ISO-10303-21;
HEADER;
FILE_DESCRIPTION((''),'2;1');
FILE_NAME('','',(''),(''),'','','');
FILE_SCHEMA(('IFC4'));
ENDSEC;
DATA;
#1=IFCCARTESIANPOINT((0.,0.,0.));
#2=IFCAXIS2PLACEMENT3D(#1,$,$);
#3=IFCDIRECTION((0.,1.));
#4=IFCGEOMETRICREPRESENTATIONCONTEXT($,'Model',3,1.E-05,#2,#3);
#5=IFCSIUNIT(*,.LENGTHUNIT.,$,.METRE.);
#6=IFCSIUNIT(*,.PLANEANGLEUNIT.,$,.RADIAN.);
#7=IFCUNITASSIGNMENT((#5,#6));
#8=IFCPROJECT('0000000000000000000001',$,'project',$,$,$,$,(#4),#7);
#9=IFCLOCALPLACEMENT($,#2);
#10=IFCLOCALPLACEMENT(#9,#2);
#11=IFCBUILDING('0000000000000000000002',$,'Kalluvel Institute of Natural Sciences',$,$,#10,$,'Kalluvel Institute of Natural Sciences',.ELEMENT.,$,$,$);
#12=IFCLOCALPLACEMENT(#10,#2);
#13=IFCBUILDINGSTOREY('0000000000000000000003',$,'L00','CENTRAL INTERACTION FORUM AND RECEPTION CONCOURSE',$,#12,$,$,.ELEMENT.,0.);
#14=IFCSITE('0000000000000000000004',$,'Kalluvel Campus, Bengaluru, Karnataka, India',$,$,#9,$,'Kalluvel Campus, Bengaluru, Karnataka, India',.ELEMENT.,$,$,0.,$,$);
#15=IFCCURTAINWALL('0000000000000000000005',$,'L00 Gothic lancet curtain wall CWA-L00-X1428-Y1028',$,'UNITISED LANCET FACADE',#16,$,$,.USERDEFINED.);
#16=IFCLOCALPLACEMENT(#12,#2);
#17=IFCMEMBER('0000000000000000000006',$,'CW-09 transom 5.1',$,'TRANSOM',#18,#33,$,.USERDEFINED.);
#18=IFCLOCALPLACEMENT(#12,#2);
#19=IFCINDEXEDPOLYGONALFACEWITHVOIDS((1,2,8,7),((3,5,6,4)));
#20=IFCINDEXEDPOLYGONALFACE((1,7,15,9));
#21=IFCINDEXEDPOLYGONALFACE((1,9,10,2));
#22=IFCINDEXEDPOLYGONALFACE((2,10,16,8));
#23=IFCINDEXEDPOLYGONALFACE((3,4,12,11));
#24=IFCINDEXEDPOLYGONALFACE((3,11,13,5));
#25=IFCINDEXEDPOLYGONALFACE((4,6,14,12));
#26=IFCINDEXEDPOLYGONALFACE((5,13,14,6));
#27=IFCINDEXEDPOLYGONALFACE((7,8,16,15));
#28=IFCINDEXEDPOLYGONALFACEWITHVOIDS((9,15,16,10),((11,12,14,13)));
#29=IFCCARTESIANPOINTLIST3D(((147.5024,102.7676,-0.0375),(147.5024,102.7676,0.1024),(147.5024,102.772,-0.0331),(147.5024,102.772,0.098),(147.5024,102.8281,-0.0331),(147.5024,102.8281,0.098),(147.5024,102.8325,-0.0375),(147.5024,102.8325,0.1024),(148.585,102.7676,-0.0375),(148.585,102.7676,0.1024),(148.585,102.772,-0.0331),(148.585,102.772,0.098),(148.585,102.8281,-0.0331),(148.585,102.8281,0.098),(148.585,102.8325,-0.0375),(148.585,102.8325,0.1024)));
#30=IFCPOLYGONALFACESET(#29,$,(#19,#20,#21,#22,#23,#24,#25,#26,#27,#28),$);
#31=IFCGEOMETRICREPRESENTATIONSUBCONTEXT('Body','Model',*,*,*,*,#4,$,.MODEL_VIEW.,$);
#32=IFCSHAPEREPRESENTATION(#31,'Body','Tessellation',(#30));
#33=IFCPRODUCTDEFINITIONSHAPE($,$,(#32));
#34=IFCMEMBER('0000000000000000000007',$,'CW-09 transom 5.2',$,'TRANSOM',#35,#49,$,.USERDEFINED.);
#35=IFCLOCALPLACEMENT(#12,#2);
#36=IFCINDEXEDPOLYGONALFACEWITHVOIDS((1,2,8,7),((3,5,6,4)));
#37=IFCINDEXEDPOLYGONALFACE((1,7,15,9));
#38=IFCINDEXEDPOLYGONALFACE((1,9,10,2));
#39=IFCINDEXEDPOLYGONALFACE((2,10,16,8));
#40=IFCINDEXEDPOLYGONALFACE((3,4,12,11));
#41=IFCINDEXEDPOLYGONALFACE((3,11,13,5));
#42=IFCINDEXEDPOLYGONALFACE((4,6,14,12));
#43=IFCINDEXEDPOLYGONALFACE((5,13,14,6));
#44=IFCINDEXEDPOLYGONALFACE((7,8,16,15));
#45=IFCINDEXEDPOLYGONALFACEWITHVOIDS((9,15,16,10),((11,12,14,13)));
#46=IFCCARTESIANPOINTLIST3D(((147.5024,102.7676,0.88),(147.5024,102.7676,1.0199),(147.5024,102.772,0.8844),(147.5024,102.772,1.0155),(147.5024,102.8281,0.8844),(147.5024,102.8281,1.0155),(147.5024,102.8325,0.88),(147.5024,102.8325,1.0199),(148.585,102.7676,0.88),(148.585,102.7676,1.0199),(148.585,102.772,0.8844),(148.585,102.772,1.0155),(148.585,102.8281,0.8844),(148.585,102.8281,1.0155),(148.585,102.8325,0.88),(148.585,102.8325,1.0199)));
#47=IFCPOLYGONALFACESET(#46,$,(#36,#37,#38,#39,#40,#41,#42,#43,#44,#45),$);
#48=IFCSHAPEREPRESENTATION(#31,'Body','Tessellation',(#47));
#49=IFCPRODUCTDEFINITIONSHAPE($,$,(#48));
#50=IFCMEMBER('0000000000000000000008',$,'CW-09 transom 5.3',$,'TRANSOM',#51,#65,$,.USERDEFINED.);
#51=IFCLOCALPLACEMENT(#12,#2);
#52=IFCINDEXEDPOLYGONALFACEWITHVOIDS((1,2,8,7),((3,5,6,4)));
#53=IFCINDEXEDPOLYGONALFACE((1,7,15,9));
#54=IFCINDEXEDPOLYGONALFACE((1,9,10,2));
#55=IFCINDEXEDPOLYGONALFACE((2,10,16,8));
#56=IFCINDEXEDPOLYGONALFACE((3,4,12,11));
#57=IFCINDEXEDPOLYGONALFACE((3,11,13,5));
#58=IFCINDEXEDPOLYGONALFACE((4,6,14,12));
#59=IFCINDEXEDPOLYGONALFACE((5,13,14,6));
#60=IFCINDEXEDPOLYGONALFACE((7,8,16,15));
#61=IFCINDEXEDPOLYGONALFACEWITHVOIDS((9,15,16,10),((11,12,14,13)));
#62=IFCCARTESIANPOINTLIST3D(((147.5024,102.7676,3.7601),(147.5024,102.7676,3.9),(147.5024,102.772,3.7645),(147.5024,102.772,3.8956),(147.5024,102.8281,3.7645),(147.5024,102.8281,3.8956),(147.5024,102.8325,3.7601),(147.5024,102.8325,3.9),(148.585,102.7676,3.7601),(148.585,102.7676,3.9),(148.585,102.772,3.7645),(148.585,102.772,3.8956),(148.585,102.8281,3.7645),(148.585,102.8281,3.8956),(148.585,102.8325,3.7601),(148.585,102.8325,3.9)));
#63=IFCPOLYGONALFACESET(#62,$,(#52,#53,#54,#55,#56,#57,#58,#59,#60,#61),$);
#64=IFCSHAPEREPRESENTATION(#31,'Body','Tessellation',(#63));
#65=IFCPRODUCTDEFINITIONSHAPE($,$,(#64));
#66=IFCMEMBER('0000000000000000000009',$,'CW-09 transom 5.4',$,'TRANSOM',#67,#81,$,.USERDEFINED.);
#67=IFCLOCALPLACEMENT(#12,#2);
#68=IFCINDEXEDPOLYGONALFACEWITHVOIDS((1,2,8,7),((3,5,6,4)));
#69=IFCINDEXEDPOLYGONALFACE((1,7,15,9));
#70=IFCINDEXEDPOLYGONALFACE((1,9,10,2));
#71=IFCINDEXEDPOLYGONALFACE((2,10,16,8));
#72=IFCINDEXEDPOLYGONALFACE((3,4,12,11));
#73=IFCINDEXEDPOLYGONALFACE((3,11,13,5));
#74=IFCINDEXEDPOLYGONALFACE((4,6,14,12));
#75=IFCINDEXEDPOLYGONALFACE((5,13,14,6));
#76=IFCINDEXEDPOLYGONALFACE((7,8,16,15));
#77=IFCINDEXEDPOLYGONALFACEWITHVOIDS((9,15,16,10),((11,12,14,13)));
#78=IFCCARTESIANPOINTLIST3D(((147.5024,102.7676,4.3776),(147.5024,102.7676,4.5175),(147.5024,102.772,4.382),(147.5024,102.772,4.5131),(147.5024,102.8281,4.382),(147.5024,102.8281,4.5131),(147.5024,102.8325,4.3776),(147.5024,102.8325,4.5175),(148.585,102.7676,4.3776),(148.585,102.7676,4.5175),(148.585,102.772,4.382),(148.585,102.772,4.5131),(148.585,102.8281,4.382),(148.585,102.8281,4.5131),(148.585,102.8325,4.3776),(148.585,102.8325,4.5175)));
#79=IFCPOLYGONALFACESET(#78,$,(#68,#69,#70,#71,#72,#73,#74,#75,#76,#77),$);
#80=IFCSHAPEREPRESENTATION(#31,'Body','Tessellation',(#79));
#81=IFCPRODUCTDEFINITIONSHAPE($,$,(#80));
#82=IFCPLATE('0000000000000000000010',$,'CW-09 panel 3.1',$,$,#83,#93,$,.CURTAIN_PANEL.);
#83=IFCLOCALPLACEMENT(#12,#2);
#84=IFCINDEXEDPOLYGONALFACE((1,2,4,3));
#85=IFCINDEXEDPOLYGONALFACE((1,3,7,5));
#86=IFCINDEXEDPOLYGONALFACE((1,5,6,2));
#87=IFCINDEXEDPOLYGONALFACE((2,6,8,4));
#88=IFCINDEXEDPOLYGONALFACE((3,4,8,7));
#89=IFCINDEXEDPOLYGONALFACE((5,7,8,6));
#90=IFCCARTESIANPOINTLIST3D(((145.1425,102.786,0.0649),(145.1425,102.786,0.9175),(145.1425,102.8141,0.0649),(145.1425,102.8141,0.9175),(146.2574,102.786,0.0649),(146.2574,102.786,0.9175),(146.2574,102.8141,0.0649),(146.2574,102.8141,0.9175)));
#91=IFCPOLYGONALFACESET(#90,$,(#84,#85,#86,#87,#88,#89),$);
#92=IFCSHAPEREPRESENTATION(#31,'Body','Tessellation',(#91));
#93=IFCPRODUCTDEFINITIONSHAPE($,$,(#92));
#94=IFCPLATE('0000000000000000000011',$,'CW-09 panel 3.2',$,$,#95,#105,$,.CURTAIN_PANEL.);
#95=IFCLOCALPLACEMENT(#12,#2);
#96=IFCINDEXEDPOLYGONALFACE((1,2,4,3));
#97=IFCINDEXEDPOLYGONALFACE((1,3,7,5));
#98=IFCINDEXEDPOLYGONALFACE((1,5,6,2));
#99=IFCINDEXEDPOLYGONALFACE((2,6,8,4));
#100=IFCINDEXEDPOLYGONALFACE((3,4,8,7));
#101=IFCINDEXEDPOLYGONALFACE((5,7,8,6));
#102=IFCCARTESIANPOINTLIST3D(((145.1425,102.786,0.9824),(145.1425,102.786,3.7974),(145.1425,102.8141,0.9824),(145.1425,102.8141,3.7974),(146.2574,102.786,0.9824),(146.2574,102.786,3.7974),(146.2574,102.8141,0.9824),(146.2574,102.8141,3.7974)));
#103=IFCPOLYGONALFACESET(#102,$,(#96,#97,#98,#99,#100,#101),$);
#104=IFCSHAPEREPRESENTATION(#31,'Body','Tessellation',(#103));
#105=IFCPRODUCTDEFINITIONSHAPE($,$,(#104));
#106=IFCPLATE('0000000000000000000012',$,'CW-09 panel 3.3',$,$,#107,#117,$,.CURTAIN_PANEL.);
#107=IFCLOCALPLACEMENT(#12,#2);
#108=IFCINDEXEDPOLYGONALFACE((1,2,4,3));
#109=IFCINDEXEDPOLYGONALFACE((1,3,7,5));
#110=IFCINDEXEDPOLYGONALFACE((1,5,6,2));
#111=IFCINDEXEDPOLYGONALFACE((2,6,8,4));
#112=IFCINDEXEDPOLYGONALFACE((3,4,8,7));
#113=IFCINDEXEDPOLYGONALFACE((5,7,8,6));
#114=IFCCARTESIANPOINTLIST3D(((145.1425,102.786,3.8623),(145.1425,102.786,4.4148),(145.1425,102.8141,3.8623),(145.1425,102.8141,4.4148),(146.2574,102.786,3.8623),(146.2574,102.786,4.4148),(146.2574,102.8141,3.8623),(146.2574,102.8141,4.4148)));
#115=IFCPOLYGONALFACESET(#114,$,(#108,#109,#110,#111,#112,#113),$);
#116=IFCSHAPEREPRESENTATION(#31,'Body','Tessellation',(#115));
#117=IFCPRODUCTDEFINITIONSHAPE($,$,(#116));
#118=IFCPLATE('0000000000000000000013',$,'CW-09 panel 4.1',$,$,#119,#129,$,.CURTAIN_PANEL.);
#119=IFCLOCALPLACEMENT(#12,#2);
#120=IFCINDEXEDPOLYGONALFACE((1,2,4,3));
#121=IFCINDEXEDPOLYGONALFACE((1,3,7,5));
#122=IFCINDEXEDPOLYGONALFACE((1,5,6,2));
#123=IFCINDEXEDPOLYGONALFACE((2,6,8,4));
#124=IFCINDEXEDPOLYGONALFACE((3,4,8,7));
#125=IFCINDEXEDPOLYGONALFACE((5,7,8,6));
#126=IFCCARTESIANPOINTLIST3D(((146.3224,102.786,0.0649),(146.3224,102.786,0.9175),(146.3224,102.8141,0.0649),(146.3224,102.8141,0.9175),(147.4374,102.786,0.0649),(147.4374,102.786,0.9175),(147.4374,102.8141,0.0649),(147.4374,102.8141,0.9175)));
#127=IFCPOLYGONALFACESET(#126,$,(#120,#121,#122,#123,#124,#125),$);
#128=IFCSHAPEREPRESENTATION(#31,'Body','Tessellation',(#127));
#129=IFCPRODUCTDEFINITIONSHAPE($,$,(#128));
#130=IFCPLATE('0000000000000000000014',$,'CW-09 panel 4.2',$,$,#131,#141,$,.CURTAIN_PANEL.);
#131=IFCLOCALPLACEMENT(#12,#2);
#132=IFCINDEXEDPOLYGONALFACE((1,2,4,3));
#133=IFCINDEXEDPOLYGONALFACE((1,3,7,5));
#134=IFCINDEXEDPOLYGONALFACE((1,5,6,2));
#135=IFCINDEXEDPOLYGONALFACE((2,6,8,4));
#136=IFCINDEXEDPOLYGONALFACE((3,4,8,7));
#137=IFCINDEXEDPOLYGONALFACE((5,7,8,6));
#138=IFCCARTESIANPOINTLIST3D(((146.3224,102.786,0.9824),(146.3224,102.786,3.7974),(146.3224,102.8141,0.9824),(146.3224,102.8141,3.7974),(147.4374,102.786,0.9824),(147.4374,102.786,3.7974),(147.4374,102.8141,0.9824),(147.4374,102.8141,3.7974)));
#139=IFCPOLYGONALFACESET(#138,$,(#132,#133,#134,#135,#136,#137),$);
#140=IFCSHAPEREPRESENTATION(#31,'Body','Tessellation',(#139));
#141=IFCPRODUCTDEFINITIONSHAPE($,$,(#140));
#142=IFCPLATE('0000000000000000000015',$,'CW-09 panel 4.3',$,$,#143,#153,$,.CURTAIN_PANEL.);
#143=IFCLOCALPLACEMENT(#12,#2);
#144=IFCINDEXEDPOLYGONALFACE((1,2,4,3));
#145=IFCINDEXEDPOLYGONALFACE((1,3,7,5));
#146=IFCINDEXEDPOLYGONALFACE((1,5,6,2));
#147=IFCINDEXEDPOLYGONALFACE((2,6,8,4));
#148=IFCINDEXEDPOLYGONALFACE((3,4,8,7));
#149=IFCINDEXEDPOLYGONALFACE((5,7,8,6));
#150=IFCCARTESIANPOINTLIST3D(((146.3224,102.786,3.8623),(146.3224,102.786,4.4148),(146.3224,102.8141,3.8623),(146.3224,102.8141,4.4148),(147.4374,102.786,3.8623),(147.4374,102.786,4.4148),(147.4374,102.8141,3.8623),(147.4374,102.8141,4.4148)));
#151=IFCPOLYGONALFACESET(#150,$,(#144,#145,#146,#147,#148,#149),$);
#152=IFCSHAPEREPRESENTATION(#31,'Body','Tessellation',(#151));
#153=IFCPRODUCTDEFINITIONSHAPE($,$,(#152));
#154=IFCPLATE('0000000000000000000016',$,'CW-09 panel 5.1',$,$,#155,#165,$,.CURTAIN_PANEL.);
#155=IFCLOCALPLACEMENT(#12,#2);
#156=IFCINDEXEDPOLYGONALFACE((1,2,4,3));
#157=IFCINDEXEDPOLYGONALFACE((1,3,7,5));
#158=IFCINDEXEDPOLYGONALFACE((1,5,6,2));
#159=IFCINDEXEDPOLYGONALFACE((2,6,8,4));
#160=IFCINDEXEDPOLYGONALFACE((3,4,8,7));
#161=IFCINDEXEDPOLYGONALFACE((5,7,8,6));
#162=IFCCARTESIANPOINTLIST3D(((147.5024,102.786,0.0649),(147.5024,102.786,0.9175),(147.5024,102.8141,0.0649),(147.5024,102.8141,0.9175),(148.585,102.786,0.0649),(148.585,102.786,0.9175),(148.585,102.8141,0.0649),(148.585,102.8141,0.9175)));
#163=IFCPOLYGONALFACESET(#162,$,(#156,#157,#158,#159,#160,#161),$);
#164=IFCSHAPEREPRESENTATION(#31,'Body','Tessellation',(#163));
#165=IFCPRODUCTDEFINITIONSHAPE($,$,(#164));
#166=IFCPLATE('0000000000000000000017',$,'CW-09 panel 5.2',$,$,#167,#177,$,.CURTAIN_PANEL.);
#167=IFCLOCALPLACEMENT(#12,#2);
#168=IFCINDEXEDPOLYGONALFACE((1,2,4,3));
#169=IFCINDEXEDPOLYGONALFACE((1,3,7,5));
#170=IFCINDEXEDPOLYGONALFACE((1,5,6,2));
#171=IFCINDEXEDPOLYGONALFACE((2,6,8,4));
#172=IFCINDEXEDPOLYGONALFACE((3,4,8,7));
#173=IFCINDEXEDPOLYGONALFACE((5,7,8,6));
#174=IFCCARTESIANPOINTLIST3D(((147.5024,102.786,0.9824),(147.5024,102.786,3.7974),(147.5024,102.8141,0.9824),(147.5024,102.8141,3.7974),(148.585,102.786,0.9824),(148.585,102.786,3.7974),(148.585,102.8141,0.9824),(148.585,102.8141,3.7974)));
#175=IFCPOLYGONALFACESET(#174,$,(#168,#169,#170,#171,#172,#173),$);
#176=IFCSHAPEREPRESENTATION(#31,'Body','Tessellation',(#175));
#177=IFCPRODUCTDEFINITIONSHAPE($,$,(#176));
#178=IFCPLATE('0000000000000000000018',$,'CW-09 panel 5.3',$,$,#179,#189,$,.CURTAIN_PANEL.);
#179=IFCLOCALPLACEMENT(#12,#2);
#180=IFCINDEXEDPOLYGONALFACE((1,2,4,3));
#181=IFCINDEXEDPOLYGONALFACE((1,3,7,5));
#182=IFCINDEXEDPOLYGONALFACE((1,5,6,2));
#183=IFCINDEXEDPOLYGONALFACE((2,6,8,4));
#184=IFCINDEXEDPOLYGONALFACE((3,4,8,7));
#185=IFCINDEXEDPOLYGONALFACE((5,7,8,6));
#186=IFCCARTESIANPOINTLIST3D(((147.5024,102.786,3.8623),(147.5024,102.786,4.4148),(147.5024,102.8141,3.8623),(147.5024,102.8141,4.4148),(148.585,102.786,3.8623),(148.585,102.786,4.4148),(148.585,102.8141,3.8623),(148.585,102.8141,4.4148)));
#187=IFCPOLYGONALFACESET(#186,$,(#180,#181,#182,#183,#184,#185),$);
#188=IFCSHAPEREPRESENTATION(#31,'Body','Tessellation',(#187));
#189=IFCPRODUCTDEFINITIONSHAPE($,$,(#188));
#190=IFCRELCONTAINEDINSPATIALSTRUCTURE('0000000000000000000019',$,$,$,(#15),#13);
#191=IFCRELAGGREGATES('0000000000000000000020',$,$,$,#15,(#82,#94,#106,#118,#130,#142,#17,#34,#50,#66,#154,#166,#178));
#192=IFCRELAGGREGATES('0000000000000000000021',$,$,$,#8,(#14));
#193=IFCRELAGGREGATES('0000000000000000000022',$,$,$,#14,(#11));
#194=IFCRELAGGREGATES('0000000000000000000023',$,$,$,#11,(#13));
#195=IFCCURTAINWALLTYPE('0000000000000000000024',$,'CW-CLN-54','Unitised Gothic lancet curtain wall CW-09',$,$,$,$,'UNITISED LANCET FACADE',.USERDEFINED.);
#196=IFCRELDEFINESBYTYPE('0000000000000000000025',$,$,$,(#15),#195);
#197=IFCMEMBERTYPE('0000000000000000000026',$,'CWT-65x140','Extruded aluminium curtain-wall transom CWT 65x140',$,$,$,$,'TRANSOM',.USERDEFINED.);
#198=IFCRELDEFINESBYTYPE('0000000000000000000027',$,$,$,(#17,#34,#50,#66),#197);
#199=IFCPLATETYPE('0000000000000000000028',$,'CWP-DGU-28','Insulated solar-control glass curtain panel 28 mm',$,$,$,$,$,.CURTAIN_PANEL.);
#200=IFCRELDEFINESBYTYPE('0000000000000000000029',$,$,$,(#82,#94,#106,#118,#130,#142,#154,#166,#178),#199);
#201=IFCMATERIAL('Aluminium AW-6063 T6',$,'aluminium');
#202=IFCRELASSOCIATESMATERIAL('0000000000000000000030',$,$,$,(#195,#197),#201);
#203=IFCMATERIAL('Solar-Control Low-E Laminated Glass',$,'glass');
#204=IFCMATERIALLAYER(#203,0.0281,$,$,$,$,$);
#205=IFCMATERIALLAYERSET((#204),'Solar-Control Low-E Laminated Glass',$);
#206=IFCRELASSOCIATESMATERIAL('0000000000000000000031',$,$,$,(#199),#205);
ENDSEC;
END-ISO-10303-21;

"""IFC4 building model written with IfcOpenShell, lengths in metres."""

from ifc_helpers import new_model, si_unit, direction, frame, origin, origin_2d, place, context, subcontext, project, spatial, rectangle, hollow_rectangle, extrude, material, layer, layer_set, material_profile, profile_set, type_object, element, aggregate, save


model = new_model("IFC4")

# Units and contexts
model_context = context("Model", 3, precision=1e-05, world=origin(), true_north=direction((0.0, 1.0)))
body_context = subcontext(model_context, "Body", "Model", "MODEL_VIEW")
ifc_project = project(units=[si_unit("LENGTHUNIT", "METRE"), si_unit("PLANEANGLEUNIT", "RADIAN")], contexts=[model_context])

# Site, building, storey
site_placement = place(None, origin())
site = spatial("IfcSite", under=ifc_project, at=site_placement, Name="Kalluvel Campus, Bengaluru, Karnataka, India", LongName="Kalluvel Campus, Bengaluru, Karnataka, India", CompositionType="ELEMENT", RefElevation=0.0)
building_placement = place(site_placement, origin())
building = spatial("IfcBuilding", under=site, at=building_placement, Name="Kalluvel Institute of Natural Sciences", LongName="Kalluvel Institute of Natural Sciences", CompositionType="ELEMENT")
storey_placement = place(building_placement, origin())
storey = spatial("IfcBuildingStorey", under=building, at=storey_placement, Name="L00", Description="CENTRAL INTERACTION FORUM AND RECEPTION CONCOURSE", CompositionType="ELEMENT", Elevation=0.0)

# Curtain wall, members, plates
ifc_material_1 = material(Name="Aluminium AW-6063 T6", Category="aluminium")
curtain_wall_type = type_object("IfcCurtainWallType", Name="CW-CLN-54", Description="Unitised Gothic lancet curtain wall CW-09", ElementType="UNITISED LANCET FACADE", PredefinedType="USERDEFINED", material=ifc_material_1)
curtain_wall_placement = place(storey_placement, origin())
curtain_wall = element("IfcCurtainWall", 1, at=curtain_wall_placement, inside=storey, type_object=curtain_wall_type, Name="L00 Gothic lancet curtain wall CWA-L00-X1428-Y1028", ObjectType="UNITISED LANCET FACADE", PredefinedType="USERDEFINED")
ifc_material_profile_1 = material_profile(ifc_material_1, hollow_rectangle(XDim=0.0649, YDim=0.1399, WallThickness=0.0044, at=origin_2d()), Name="CWT 65x140")
ifc_profile_set_1 = profile_set([ifc_material_profile_1], Name="Aluminium AW-6063 T6")
member_type_1 = type_object("IfcMemberType", Name="CWT-65x140", Description="Extruded aluminium curtain-wall transom CWT 65x140", ElementType="TRANSOM", PredefinedType="USERDEFINED", material=ifc_profile_set_1)
member_1_placement = place(storey_placement, frame((147.5024, 102.8, 0.0325), z_axis=(1.0, 0.0, 0.0), x_axis=(0.0, 1.0, 0.0)))
member_1 = element("IfcMember", 2, at=member_1_placement, type_object=member_type_1, Name="CW-09 transom 5.1", ObjectType="TRANSOM", PredefinedType="USERDEFINED", context=body_context, shape_type="SweptSolid", body=[
    extrude(hollow_rectangle(XDim=0.0649, YDim=0.1399, WallThickness=0.0044, at=origin_2d()), origin(), (0.0, 0.0, 1.0), 1.0825),
])
member_2_placement = place(storey_placement, frame((147.5024, 102.8, 0.95), z_axis=(1.0, 0.0, 0.0), x_axis=(0.0, 1.0, 0.0)))
member_2 = element("IfcMember", 3, at=member_2_placement, type_object=member_type_1, Name="CW-09 transom 5.2", ObjectType="TRANSOM", PredefinedType="USERDEFINED", context=body_context, shape_type="SweptSolid", body=[
    extrude(hollow_rectangle(XDim=0.0649, YDim=0.1399, WallThickness=0.0044, at=origin_2d()), origin(), (0.0, 0.0, 1.0), 1.0825),
])
member_3_placement = place(storey_placement, frame((147.5024, 102.8, 3.8301), z_axis=(1.0, 0.0, 0.0), x_axis=(0.0, 1.0, 0.0)))
member_3 = element("IfcMember", 4, at=member_3_placement, type_object=member_type_1, Name="CW-09 transom 5.3", ObjectType="TRANSOM", PredefinedType="USERDEFINED", context=body_context, shape_type="SweptSolid", body=[
    extrude(hollow_rectangle(XDim=0.0649, YDim=0.1399, WallThickness=0.0044, at=origin_2d()), origin(), (0.0, 0.0, 1.0), 1.0825),
])
member_4_placement = place(storey_placement, frame((147.5024, 102.8, 4.4475), z_axis=(1.0, 0.0, 0.0), x_axis=(0.0, 1.0, 0.0)))
member_4 = element("IfcMember", 5, at=member_4_placement, type_object=member_type_1, Name="CW-09 transom 5.4", ObjectType="TRANSOM", PredefinedType="USERDEFINED", context=body_context, shape_type="SweptSolid", body=[
    extrude(hollow_rectangle(XDim=0.0649, YDim=0.1399, WallThickness=0.0044, at=origin_2d()), origin(), (0.0, 0.0, 1.0), 1.0825),
])
ifc_material_2 = material(Name="Solar-Control Low-E Laminated Glass", Category="glass")
ifc_layer = layer(ifc_material_2, 0.0281)
ifc_layer_set = layer_set([ifc_layer], Name="Solar-Control Low-E Laminated Glass")
plate_type = type_object("IfcPlateType", Name="CWP-DGU-28", Description="Insulated solar-control glass curtain panel 28 mm", PredefinedType="CURTAIN_PANEL", material=ifc_layer_set)
plate_1_placement = place(storey_placement, frame((145.7, 102.8, 0.0649), z_axis=(0.0, 0.0, 1.0), x_axis=(1.0, 0.0, 0.0)))
plate_1 = element("IfcPlate", 6, at=plate_1_placement, type_object=plate_type, Name="CW-09 panel 3.1", PredefinedType="CURTAIN_PANEL", context=body_context, shape_type="SweptSolid", body=[
    extrude(rectangle(XDim=1.115, YDim=0.0281, at=origin_2d()), origin(), (0.0, 0.0, 1.0), 0.8525),
])
plate_2_placement = place(storey_placement, frame((145.7, 102.8, 0.9824), z_axis=(0.0, 0.0, 1.0), x_axis=(1.0, 0.0, 0.0)))
plate_2 = element("IfcPlate", 7, at=plate_2_placement, type_object=plate_type, Name="CW-09 panel 3.2", PredefinedType="CURTAIN_PANEL", context=body_context, shape_type="SweptSolid", body=[
    extrude(rectangle(XDim=1.115, YDim=0.0281, at=origin_2d()), origin(), (0.0, 0.0, 1.0), 2.8149),
])
plate_3_placement = place(storey_placement, frame((145.7, 102.8, 3.8623), z_axis=(0.0, 0.0, 1.0), x_axis=(1.0, 0.0, 0.0)))
plate_3 = element("IfcPlate", 8, at=plate_3_placement, type_object=plate_type, Name="CW-09 panel 3.3", PredefinedType="CURTAIN_PANEL", context=body_context, shape_type="SweptSolid", body=[
    extrude(rectangle(XDim=1.115, YDim=0.0281, at=origin_2d()), origin(), (0.0, 0.0, 1.0), 0.5525),
])
plate_4_placement = place(storey_placement, frame((146.8799, 102.8, 0.0649), z_axis=(0.0, 0.0, 1.0), x_axis=(1.0, 0.0, 0.0)))
plate_4 = element("IfcPlate", 9, at=plate_4_placement, type_object=plate_type, Name="CW-09 panel 4.1", PredefinedType="CURTAIN_PANEL", context=body_context, shape_type="SweptSolid", body=[
    extrude(rectangle(XDim=1.115, YDim=0.0281, at=origin_2d()), origin(), (0.0, 0.0, 1.0), 0.8525),
])
plate_5_placement = place(storey_placement, frame((146.8799, 102.8, 0.9824), z_axis=(0.0, 0.0, 1.0), x_axis=(1.0, 0.0, 0.0)))
plate_5 = element("IfcPlate", 10, at=plate_5_placement, type_object=plate_type, Name="CW-09 panel 4.2", PredefinedType="CURTAIN_PANEL", context=body_context, shape_type="SweptSolid", body=[
    extrude(rectangle(XDim=1.115, YDim=0.0281, at=origin_2d()), origin(), (0.0, 0.0, 1.0), 2.8149),
])
plate_6_placement = place(storey_placement, frame((146.8799, 102.8, 3.8623), z_axis=(0.0, 0.0, 1.0), x_axis=(1.0, 0.0, 0.0)))
plate_6 = element("IfcPlate", 11, at=plate_6_placement, type_object=plate_type, Name="CW-09 panel 4.3", PredefinedType="CURTAIN_PANEL", context=body_context, shape_type="SweptSolid", body=[
    extrude(rectangle(XDim=1.115, YDim=0.0281, at=origin_2d()), origin(), (0.0, 0.0, 1.0), 0.5525),
])
plate_7_placement = place(storey_placement, frame((148.0437, 102.8, 0.0649), z_axis=(0.0, 0.0, 1.0), x_axis=(1.0, 0.0, 0.0)))
plate_7 = element("IfcPlate", 12, at=plate_7_placement, type_object=plate_type, Name="CW-09 panel 5.1", PredefinedType="CURTAIN_PANEL", context=body_context, shape_type="SweptSolid", body=[
    extrude(rectangle(XDim=1.0825, YDim=0.0281, at=origin_2d()), origin(), (0.0, 0.0, 1.0), 0.8525),
])
plate_8_placement = place(storey_placement, frame((148.0437, 102.8, 0.9824), z_axis=(0.0, 0.0, 1.0), x_axis=(1.0, 0.0, 0.0)))
plate_8 = element("IfcPlate", 13, at=plate_8_placement, type_object=plate_type, Name="CW-09 panel 5.2", PredefinedType="CURTAIN_PANEL", context=body_context, shape_type="SweptSolid", body=[
    extrude(rectangle(XDim=1.0825, YDim=0.0281, at=origin_2d()), origin(), (0.0, 0.0, 1.0), 2.8149),
])
plate_9_placement = place(storey_placement, frame((148.0437, 102.8, 3.8623), z_axis=(0.0, 0.0, 1.0), x_axis=(1.0, 0.0, 0.0)))
plate_9 = element("IfcPlate", 14, at=plate_9_placement, type_object=plate_type, Name="CW-09 panel 5.3", PredefinedType="CURTAIN_PANEL", context=body_context, shape_type="SweptSolid", body=[
    extrude(rectangle(XDim=1.0825, YDim=0.0281, at=origin_2d()), origin(), (0.0, 0.0, 1.0), 0.5525),
])
aggregate(curtain_wall, [plate_1, plate_2, plate_3, plate_4, plate_5, plate_6, member_1, member_2, member_3, member_4, plate_7, plate_8, plate_9])

save(model, "model.ifc")
